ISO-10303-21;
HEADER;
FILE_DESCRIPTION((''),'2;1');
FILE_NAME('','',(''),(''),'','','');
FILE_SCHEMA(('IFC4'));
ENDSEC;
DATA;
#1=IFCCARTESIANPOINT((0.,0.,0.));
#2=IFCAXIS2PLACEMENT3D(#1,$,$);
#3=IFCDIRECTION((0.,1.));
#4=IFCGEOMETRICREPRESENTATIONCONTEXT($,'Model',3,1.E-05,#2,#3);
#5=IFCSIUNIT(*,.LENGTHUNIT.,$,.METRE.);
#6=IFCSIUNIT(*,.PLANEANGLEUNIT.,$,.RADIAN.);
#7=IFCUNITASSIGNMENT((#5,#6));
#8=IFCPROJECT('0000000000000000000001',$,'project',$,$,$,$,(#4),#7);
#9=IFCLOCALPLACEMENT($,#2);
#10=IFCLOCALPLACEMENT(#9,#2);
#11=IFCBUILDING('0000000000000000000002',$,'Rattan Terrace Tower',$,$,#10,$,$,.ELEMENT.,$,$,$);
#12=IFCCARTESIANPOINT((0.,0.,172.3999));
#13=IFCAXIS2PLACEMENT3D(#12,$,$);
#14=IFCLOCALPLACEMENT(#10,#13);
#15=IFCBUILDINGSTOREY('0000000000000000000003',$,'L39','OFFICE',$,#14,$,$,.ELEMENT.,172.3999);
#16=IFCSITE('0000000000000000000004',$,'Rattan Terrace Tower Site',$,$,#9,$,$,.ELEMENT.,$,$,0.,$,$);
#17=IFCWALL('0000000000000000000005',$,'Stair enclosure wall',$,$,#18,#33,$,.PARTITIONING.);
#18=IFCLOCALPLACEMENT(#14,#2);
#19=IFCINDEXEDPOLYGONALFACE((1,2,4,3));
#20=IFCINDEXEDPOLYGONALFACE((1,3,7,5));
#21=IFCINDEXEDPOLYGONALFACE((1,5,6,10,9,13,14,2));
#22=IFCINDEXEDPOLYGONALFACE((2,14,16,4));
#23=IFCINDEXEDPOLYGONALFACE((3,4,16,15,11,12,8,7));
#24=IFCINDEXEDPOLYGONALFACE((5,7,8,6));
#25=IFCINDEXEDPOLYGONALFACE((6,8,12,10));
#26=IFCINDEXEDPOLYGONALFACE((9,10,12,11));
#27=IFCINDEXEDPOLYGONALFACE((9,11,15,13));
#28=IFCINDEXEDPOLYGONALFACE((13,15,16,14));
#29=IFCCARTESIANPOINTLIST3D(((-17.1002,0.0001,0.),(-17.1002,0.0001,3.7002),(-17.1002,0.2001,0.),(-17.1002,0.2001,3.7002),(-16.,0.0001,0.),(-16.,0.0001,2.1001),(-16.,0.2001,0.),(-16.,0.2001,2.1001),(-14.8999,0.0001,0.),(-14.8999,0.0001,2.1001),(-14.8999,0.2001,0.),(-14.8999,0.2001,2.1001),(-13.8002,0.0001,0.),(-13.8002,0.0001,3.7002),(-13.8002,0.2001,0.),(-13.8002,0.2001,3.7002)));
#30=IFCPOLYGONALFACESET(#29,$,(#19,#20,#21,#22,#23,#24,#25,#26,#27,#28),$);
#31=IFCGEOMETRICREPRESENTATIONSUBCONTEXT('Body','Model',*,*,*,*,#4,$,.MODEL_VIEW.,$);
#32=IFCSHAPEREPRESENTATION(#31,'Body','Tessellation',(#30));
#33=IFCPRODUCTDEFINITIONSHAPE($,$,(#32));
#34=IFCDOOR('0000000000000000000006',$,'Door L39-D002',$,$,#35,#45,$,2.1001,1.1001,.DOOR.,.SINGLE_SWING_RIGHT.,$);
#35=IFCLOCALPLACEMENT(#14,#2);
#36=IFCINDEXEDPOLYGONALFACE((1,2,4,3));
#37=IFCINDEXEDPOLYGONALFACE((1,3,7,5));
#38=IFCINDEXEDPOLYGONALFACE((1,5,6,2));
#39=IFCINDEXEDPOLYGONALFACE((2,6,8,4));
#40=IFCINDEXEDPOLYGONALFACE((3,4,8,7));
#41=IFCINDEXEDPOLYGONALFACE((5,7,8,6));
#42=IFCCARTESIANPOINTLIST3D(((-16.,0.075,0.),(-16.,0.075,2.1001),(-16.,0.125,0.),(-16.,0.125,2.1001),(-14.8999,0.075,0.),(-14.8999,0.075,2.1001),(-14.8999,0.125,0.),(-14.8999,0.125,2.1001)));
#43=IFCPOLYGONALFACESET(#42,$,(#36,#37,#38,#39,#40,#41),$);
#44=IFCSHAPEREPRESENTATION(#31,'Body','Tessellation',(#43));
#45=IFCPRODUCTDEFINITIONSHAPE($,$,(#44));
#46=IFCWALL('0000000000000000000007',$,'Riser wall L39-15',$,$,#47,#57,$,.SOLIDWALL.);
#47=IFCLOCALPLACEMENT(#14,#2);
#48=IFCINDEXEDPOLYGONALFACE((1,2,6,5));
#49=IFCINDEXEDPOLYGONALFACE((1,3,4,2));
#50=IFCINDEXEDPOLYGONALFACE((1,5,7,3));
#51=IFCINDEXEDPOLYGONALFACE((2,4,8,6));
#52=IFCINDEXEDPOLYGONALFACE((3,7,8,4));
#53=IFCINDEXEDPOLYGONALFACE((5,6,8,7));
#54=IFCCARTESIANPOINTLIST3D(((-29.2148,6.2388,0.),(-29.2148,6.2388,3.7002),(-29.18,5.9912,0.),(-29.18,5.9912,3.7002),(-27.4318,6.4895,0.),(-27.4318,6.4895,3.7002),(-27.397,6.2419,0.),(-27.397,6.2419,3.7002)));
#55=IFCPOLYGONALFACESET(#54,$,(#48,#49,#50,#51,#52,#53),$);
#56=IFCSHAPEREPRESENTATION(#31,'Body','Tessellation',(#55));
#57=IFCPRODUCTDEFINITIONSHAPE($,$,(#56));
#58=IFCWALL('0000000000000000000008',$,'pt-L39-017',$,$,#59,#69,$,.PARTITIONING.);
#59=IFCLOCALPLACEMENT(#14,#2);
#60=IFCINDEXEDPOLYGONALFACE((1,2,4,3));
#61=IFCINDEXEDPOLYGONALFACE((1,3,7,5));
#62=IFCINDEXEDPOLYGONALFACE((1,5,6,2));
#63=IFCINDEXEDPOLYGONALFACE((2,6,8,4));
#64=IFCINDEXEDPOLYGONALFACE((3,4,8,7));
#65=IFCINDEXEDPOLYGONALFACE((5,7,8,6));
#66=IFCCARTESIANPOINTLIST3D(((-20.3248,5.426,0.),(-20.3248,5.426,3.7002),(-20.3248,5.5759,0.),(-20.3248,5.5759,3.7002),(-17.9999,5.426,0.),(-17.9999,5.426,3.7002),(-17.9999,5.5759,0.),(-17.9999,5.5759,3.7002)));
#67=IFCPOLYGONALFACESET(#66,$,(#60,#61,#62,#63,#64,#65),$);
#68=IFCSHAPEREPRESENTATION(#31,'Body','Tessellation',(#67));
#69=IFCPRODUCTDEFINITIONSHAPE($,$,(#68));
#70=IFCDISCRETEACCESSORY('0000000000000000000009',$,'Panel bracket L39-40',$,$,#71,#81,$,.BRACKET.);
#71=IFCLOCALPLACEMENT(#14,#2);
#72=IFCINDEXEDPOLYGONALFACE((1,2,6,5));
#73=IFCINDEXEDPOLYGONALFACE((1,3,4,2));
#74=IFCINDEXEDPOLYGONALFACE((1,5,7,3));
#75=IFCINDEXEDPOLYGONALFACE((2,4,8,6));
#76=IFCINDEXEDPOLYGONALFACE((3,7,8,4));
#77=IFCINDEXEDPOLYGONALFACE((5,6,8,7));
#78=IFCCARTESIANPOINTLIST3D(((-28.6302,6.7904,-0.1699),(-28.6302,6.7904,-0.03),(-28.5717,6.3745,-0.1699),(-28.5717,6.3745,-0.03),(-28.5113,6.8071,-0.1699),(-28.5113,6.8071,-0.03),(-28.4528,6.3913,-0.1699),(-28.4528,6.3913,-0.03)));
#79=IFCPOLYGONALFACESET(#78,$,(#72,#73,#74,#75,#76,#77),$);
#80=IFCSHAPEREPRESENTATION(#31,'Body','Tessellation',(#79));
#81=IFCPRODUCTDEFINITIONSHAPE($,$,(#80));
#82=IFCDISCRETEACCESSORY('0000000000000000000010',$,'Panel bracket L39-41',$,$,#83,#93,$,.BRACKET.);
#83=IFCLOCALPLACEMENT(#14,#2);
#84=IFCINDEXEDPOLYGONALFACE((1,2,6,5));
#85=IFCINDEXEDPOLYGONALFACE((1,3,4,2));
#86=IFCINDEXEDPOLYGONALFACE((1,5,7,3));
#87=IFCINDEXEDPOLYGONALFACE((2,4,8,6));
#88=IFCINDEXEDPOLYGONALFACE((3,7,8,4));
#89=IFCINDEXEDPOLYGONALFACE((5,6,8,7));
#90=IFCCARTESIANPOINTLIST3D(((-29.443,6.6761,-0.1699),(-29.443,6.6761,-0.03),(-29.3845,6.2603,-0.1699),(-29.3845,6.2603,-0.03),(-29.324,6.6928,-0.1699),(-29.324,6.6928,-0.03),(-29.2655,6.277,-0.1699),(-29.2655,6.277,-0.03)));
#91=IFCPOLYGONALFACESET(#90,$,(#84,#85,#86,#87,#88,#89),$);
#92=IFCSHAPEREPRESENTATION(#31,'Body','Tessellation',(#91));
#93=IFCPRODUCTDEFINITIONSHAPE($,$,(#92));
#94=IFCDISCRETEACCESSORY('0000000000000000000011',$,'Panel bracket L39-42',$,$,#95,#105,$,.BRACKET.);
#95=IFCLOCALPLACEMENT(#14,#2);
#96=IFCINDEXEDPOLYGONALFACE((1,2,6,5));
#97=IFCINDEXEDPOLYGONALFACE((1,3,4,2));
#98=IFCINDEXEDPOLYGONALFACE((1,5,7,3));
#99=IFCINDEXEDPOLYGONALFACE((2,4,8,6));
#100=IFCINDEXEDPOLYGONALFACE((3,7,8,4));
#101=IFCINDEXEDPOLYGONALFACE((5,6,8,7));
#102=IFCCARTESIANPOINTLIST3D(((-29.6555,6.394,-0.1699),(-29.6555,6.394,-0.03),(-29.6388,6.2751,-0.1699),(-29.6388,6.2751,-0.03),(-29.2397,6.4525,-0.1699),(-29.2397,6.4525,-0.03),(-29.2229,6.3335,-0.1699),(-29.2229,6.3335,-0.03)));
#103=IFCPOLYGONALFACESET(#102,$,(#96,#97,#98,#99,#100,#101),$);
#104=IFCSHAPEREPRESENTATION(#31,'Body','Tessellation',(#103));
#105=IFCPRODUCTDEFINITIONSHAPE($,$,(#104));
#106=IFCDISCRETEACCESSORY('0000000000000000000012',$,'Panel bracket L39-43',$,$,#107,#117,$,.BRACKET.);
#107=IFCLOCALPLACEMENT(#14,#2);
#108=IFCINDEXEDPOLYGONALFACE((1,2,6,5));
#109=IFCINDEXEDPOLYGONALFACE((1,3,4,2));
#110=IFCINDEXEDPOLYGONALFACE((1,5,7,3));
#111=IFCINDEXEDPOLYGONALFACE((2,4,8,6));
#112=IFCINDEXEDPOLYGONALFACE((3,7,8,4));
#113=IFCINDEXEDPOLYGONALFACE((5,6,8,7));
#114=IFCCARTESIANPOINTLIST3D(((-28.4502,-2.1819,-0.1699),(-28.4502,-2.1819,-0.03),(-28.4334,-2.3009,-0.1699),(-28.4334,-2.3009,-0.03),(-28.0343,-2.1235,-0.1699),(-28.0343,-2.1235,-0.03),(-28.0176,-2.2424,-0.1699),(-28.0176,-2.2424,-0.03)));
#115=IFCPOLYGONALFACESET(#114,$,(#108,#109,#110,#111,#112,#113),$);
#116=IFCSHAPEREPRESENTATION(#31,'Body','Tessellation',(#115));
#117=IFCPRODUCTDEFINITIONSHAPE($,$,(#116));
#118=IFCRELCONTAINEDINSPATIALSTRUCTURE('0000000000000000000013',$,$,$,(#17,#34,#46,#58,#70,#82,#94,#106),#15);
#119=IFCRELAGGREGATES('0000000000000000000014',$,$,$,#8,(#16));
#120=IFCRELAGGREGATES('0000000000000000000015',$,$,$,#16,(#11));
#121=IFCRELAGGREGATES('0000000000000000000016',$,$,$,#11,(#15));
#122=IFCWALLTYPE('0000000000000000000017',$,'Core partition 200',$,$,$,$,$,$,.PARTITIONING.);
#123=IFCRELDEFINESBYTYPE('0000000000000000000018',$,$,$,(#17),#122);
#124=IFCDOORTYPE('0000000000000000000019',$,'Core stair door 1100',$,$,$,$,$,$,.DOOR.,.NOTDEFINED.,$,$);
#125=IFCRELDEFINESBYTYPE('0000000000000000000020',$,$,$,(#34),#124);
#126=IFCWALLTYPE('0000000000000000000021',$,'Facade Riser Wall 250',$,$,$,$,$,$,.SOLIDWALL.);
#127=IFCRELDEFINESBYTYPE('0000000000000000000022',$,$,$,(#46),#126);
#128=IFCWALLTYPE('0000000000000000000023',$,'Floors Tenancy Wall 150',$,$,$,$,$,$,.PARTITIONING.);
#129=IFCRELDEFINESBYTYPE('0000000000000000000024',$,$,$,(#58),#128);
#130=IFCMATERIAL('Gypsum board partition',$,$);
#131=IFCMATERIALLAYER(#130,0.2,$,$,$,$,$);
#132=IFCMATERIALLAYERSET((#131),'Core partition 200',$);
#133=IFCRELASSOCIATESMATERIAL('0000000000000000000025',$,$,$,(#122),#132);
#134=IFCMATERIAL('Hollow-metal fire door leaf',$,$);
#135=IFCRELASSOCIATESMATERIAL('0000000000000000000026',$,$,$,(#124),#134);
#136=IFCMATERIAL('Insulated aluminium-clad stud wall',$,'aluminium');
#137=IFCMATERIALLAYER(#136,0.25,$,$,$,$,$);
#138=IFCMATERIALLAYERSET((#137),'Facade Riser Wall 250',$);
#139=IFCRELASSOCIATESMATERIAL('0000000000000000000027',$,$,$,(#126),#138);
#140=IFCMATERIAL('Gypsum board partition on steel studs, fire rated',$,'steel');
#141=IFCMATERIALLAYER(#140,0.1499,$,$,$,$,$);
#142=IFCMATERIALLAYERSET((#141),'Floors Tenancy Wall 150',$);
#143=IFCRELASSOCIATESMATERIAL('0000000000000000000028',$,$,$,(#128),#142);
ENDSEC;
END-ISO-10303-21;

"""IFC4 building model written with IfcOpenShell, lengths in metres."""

from ifc_helpers import new_model, si_unit, direction, frame, frame_2d, origin, origin_2d, place, context, subcontext, project, spatial, rectangle, extrude, material, layer, layer_set, type_object, element, fill, save


model = new_model("IFC4")

# Units and contexts
model_context = context("Model", 3, precision=1e-05, world=origin(), true_north=direction((0.0, 1.0)))
body_context = subcontext(model_context, "Body", "Model", "MODEL_VIEW")
ifc_project = project(units=[si_unit("LENGTHUNIT", "METRE"), si_unit("PLANEANGLEUNIT", "RADIAN")], contexts=[model_context])

# Site, building, storey
site_placement = place(None, origin())
site = spatial("IfcSite", under=ifc_project, at=site_placement, Name="Rattan Terrace Tower Site", CompositionType="ELEMENT", RefElevation=0.0)
building_placement = place(site_placement, origin())
building = spatial("IfcBuilding", under=site, at=building_placement, Name="Rattan Terrace Tower", CompositionType="ELEMENT")
storey_placement = place(building_placement, frame((0.0, 0.0, 172.3999)))
storey = spatial("IfcBuildingStorey", under=building, at=storey_placement, Name="L39", Description="OFFICE", CompositionType="ELEMENT", Elevation=172.3999)

# Wall, opening, door
ifc_material_1 = material(Name="Gypsum board partition")
ifc_layer_1 = layer(ifc_material_1, 0.2)
ifc_layer_set_1 = layer_set([ifc_layer_1], Name="Core partition 200")
wall_type_1 = type_object("IfcWallType", Name="Core partition 200", PredefinedType="PARTITIONING", material=ifc_layer_set_1)
wall_1_placement = place(storey_placement, frame((-17.1001, 0.1001, 0.0), z_axis=(0.0, 0.0, 1.0), x_axis=(1.0, 0.0, 0.0)))
wall_1 = element("IfcWall", 1, at=wall_1_placement, inside=storey, type_object=wall_type_1, Name="Stair enclosure wall", PredefinedType="PARTITIONING", context=body_context, shape_type="SweptSolid", body=[
    extrude(rectangle(XDim=3.3, YDim=0.2, at=frame_2d((1.6499, 0.0))), origin(), (0.0, 0.0, 1.0), 3.7002),
])
opening_1_placement = place(wall_1_placement, frame((1.1001, 0.0, 0.0)))
opening_1 = element("IfcOpeningElement", 2, at=opening_1_placement, cuts=wall_1, PredefinedType="OPENING", context=body_context, shape_type="SweptSolid", body=[
    extrude(rectangle(XDim=1.1001, YDim=2.1001, at=frame_2d((0.55, 1.05))), frame((0.0, 0.1106, 0.0), z_axis=(0.0, -1.0, 0.0), x_axis=(1.0, 0.0, 0.0)), (0.0, 0.0, 1.0), 0.2209),
])
ifc_material_2 = material(Name="Hollow-metal fire door leaf")
door_type_1 = type_object("IfcDoorType", Name="Core stair door 1100", OperationType="NOTDEFINED", PredefinedType="DOOR", material=ifc_material_2)
door_1_placement = place(opening_1_placement, origin())
door_1 = element("IfcDoor", 3, at=door_1_placement, inside=storey, type_object=door_type_1, Name="Door L39-D002", OperationType="SINGLE_SWING_RIGHT", OverallHeight=2.1001, OverallWidth=1.1001, PredefinedType="DOOR", context=body_context, shape_type="SweptSolid", body=[
    extrude(rectangle(XDim=1.1001, YDim=2.1001, at=frame_2d((0.55, 1.05))), frame((0.0, 0.0249, 0.0), z_axis=(0.0, -1.0, 0.0), x_axis=(1.0, 0.0, 0.0)), (0.0, 0.0, 1.0), 0.05),
])
fill(opening_1, door_1)

# Walls
ifc_material_3 = material(Name="Insulated aluminium-clad stud wall", Category="aluminium")
ifc_layer_2 = layer(ifc_material_3, 0.25)
ifc_layer_set_2 = layer_set([ifc_layer_2], Name="Facade Riser Wall 250")
wall_type_2 = type_object("IfcWallType", Name="Facade Riser Wall 250", PredefinedType="SOLIDWALL", material=ifc_layer_set_2)
wall_2_placement = place(storey_placement, frame((-27.4143, 6.3657, 0.0), z_axis=(0.0, 0.0, 1.0), x_axis=(-0.990256, -0.139257, 0.0)))
element("IfcWall", 4, at=wall_2_placement, inside=storey, type_object=wall_type_2, Name="Riser wall L39-15", PredefinedType="SOLIDWALL", context=body_context, shape_type="SweptSolid", body=[
    extrude(rectangle(XDim=1.8005, YDim=0.25, at=frame_2d((0.9004, 0.0))), origin(), (0.0, 0.0, 1.0), 3.7002),
])
ifc_material_4 = material(Name="Gypsum board partition on steel studs, fire rated", Category="steel")
ifc_layer_3 = layer(ifc_material_4, 0.1499)
ifc_layer_set_3 = layer_set([ifc_layer_3], Name="Floors Tenancy Wall 150")
wall_type_3 = type_object("IfcWallType", Name="Floors Tenancy Wall 150", PredefinedType="PARTITIONING", material=ifc_layer_set_3)
wall_3_placement = place(storey_placement, frame((-20.325, 5.501, 0.0), z_axis=(0.0, 0.0, 1.0), x_axis=(1.0, 0.0, 0.0)))
element("IfcWall", 5, at=wall_3_placement, inside=storey, type_object=wall_type_3, Name="pt-L39-017", PredefinedType="PARTITIONING", context=body_context, shape_type="SweptSolid", body=[
    extrude(rectangle(XDim=2.325, YDim=0.1499, at=frame_2d((1.1626, 0.0))), origin(), (0.0, 0.0, 1.0), 3.7002),
])

# Discrete accessories
for number, where, z_axis, x_axis, name in (
    (6, (-28.5415, 6.5908, -0.1699), (0.0, 0.0, 1.0), (-0.990254, -0.139275, 0.0), "Panel bracket L39-40"),
    (7, (-29.3542, 6.4766, -0.1699), (0.0, 0.0, 1.0), (-0.990254, -0.139275, 0.0), "Panel bracket L39-41"),
    (8, (-29.4392, 6.3638, -0.1699), (0.0, 0.0, 1.0), (0.139191, -0.990266, 0.0), "Panel bracket L39-42"),
    (9, (-28.2339, -2.2122, -0.1699), (0.0, 0.0, 1.0), (0.139191, -0.990266, 0.0), "Panel bracket L39-43"),
):
    element("IfcDiscreteAccessory", number, at=place(storey_placement, frame(where, z_axis=z_axis, x_axis=x_axis)), inside=storey, Name=name, PredefinedType="BRACKET", context=body_context, shape_type="SweptSolid", body=[
        extrude(rectangle(XDim=0.1201, YDim=0.4199, at=origin_2d()), origin(), (0.0, 0.0, 1.0), 0.1399),
    ])

save(model, "model.ifc")
